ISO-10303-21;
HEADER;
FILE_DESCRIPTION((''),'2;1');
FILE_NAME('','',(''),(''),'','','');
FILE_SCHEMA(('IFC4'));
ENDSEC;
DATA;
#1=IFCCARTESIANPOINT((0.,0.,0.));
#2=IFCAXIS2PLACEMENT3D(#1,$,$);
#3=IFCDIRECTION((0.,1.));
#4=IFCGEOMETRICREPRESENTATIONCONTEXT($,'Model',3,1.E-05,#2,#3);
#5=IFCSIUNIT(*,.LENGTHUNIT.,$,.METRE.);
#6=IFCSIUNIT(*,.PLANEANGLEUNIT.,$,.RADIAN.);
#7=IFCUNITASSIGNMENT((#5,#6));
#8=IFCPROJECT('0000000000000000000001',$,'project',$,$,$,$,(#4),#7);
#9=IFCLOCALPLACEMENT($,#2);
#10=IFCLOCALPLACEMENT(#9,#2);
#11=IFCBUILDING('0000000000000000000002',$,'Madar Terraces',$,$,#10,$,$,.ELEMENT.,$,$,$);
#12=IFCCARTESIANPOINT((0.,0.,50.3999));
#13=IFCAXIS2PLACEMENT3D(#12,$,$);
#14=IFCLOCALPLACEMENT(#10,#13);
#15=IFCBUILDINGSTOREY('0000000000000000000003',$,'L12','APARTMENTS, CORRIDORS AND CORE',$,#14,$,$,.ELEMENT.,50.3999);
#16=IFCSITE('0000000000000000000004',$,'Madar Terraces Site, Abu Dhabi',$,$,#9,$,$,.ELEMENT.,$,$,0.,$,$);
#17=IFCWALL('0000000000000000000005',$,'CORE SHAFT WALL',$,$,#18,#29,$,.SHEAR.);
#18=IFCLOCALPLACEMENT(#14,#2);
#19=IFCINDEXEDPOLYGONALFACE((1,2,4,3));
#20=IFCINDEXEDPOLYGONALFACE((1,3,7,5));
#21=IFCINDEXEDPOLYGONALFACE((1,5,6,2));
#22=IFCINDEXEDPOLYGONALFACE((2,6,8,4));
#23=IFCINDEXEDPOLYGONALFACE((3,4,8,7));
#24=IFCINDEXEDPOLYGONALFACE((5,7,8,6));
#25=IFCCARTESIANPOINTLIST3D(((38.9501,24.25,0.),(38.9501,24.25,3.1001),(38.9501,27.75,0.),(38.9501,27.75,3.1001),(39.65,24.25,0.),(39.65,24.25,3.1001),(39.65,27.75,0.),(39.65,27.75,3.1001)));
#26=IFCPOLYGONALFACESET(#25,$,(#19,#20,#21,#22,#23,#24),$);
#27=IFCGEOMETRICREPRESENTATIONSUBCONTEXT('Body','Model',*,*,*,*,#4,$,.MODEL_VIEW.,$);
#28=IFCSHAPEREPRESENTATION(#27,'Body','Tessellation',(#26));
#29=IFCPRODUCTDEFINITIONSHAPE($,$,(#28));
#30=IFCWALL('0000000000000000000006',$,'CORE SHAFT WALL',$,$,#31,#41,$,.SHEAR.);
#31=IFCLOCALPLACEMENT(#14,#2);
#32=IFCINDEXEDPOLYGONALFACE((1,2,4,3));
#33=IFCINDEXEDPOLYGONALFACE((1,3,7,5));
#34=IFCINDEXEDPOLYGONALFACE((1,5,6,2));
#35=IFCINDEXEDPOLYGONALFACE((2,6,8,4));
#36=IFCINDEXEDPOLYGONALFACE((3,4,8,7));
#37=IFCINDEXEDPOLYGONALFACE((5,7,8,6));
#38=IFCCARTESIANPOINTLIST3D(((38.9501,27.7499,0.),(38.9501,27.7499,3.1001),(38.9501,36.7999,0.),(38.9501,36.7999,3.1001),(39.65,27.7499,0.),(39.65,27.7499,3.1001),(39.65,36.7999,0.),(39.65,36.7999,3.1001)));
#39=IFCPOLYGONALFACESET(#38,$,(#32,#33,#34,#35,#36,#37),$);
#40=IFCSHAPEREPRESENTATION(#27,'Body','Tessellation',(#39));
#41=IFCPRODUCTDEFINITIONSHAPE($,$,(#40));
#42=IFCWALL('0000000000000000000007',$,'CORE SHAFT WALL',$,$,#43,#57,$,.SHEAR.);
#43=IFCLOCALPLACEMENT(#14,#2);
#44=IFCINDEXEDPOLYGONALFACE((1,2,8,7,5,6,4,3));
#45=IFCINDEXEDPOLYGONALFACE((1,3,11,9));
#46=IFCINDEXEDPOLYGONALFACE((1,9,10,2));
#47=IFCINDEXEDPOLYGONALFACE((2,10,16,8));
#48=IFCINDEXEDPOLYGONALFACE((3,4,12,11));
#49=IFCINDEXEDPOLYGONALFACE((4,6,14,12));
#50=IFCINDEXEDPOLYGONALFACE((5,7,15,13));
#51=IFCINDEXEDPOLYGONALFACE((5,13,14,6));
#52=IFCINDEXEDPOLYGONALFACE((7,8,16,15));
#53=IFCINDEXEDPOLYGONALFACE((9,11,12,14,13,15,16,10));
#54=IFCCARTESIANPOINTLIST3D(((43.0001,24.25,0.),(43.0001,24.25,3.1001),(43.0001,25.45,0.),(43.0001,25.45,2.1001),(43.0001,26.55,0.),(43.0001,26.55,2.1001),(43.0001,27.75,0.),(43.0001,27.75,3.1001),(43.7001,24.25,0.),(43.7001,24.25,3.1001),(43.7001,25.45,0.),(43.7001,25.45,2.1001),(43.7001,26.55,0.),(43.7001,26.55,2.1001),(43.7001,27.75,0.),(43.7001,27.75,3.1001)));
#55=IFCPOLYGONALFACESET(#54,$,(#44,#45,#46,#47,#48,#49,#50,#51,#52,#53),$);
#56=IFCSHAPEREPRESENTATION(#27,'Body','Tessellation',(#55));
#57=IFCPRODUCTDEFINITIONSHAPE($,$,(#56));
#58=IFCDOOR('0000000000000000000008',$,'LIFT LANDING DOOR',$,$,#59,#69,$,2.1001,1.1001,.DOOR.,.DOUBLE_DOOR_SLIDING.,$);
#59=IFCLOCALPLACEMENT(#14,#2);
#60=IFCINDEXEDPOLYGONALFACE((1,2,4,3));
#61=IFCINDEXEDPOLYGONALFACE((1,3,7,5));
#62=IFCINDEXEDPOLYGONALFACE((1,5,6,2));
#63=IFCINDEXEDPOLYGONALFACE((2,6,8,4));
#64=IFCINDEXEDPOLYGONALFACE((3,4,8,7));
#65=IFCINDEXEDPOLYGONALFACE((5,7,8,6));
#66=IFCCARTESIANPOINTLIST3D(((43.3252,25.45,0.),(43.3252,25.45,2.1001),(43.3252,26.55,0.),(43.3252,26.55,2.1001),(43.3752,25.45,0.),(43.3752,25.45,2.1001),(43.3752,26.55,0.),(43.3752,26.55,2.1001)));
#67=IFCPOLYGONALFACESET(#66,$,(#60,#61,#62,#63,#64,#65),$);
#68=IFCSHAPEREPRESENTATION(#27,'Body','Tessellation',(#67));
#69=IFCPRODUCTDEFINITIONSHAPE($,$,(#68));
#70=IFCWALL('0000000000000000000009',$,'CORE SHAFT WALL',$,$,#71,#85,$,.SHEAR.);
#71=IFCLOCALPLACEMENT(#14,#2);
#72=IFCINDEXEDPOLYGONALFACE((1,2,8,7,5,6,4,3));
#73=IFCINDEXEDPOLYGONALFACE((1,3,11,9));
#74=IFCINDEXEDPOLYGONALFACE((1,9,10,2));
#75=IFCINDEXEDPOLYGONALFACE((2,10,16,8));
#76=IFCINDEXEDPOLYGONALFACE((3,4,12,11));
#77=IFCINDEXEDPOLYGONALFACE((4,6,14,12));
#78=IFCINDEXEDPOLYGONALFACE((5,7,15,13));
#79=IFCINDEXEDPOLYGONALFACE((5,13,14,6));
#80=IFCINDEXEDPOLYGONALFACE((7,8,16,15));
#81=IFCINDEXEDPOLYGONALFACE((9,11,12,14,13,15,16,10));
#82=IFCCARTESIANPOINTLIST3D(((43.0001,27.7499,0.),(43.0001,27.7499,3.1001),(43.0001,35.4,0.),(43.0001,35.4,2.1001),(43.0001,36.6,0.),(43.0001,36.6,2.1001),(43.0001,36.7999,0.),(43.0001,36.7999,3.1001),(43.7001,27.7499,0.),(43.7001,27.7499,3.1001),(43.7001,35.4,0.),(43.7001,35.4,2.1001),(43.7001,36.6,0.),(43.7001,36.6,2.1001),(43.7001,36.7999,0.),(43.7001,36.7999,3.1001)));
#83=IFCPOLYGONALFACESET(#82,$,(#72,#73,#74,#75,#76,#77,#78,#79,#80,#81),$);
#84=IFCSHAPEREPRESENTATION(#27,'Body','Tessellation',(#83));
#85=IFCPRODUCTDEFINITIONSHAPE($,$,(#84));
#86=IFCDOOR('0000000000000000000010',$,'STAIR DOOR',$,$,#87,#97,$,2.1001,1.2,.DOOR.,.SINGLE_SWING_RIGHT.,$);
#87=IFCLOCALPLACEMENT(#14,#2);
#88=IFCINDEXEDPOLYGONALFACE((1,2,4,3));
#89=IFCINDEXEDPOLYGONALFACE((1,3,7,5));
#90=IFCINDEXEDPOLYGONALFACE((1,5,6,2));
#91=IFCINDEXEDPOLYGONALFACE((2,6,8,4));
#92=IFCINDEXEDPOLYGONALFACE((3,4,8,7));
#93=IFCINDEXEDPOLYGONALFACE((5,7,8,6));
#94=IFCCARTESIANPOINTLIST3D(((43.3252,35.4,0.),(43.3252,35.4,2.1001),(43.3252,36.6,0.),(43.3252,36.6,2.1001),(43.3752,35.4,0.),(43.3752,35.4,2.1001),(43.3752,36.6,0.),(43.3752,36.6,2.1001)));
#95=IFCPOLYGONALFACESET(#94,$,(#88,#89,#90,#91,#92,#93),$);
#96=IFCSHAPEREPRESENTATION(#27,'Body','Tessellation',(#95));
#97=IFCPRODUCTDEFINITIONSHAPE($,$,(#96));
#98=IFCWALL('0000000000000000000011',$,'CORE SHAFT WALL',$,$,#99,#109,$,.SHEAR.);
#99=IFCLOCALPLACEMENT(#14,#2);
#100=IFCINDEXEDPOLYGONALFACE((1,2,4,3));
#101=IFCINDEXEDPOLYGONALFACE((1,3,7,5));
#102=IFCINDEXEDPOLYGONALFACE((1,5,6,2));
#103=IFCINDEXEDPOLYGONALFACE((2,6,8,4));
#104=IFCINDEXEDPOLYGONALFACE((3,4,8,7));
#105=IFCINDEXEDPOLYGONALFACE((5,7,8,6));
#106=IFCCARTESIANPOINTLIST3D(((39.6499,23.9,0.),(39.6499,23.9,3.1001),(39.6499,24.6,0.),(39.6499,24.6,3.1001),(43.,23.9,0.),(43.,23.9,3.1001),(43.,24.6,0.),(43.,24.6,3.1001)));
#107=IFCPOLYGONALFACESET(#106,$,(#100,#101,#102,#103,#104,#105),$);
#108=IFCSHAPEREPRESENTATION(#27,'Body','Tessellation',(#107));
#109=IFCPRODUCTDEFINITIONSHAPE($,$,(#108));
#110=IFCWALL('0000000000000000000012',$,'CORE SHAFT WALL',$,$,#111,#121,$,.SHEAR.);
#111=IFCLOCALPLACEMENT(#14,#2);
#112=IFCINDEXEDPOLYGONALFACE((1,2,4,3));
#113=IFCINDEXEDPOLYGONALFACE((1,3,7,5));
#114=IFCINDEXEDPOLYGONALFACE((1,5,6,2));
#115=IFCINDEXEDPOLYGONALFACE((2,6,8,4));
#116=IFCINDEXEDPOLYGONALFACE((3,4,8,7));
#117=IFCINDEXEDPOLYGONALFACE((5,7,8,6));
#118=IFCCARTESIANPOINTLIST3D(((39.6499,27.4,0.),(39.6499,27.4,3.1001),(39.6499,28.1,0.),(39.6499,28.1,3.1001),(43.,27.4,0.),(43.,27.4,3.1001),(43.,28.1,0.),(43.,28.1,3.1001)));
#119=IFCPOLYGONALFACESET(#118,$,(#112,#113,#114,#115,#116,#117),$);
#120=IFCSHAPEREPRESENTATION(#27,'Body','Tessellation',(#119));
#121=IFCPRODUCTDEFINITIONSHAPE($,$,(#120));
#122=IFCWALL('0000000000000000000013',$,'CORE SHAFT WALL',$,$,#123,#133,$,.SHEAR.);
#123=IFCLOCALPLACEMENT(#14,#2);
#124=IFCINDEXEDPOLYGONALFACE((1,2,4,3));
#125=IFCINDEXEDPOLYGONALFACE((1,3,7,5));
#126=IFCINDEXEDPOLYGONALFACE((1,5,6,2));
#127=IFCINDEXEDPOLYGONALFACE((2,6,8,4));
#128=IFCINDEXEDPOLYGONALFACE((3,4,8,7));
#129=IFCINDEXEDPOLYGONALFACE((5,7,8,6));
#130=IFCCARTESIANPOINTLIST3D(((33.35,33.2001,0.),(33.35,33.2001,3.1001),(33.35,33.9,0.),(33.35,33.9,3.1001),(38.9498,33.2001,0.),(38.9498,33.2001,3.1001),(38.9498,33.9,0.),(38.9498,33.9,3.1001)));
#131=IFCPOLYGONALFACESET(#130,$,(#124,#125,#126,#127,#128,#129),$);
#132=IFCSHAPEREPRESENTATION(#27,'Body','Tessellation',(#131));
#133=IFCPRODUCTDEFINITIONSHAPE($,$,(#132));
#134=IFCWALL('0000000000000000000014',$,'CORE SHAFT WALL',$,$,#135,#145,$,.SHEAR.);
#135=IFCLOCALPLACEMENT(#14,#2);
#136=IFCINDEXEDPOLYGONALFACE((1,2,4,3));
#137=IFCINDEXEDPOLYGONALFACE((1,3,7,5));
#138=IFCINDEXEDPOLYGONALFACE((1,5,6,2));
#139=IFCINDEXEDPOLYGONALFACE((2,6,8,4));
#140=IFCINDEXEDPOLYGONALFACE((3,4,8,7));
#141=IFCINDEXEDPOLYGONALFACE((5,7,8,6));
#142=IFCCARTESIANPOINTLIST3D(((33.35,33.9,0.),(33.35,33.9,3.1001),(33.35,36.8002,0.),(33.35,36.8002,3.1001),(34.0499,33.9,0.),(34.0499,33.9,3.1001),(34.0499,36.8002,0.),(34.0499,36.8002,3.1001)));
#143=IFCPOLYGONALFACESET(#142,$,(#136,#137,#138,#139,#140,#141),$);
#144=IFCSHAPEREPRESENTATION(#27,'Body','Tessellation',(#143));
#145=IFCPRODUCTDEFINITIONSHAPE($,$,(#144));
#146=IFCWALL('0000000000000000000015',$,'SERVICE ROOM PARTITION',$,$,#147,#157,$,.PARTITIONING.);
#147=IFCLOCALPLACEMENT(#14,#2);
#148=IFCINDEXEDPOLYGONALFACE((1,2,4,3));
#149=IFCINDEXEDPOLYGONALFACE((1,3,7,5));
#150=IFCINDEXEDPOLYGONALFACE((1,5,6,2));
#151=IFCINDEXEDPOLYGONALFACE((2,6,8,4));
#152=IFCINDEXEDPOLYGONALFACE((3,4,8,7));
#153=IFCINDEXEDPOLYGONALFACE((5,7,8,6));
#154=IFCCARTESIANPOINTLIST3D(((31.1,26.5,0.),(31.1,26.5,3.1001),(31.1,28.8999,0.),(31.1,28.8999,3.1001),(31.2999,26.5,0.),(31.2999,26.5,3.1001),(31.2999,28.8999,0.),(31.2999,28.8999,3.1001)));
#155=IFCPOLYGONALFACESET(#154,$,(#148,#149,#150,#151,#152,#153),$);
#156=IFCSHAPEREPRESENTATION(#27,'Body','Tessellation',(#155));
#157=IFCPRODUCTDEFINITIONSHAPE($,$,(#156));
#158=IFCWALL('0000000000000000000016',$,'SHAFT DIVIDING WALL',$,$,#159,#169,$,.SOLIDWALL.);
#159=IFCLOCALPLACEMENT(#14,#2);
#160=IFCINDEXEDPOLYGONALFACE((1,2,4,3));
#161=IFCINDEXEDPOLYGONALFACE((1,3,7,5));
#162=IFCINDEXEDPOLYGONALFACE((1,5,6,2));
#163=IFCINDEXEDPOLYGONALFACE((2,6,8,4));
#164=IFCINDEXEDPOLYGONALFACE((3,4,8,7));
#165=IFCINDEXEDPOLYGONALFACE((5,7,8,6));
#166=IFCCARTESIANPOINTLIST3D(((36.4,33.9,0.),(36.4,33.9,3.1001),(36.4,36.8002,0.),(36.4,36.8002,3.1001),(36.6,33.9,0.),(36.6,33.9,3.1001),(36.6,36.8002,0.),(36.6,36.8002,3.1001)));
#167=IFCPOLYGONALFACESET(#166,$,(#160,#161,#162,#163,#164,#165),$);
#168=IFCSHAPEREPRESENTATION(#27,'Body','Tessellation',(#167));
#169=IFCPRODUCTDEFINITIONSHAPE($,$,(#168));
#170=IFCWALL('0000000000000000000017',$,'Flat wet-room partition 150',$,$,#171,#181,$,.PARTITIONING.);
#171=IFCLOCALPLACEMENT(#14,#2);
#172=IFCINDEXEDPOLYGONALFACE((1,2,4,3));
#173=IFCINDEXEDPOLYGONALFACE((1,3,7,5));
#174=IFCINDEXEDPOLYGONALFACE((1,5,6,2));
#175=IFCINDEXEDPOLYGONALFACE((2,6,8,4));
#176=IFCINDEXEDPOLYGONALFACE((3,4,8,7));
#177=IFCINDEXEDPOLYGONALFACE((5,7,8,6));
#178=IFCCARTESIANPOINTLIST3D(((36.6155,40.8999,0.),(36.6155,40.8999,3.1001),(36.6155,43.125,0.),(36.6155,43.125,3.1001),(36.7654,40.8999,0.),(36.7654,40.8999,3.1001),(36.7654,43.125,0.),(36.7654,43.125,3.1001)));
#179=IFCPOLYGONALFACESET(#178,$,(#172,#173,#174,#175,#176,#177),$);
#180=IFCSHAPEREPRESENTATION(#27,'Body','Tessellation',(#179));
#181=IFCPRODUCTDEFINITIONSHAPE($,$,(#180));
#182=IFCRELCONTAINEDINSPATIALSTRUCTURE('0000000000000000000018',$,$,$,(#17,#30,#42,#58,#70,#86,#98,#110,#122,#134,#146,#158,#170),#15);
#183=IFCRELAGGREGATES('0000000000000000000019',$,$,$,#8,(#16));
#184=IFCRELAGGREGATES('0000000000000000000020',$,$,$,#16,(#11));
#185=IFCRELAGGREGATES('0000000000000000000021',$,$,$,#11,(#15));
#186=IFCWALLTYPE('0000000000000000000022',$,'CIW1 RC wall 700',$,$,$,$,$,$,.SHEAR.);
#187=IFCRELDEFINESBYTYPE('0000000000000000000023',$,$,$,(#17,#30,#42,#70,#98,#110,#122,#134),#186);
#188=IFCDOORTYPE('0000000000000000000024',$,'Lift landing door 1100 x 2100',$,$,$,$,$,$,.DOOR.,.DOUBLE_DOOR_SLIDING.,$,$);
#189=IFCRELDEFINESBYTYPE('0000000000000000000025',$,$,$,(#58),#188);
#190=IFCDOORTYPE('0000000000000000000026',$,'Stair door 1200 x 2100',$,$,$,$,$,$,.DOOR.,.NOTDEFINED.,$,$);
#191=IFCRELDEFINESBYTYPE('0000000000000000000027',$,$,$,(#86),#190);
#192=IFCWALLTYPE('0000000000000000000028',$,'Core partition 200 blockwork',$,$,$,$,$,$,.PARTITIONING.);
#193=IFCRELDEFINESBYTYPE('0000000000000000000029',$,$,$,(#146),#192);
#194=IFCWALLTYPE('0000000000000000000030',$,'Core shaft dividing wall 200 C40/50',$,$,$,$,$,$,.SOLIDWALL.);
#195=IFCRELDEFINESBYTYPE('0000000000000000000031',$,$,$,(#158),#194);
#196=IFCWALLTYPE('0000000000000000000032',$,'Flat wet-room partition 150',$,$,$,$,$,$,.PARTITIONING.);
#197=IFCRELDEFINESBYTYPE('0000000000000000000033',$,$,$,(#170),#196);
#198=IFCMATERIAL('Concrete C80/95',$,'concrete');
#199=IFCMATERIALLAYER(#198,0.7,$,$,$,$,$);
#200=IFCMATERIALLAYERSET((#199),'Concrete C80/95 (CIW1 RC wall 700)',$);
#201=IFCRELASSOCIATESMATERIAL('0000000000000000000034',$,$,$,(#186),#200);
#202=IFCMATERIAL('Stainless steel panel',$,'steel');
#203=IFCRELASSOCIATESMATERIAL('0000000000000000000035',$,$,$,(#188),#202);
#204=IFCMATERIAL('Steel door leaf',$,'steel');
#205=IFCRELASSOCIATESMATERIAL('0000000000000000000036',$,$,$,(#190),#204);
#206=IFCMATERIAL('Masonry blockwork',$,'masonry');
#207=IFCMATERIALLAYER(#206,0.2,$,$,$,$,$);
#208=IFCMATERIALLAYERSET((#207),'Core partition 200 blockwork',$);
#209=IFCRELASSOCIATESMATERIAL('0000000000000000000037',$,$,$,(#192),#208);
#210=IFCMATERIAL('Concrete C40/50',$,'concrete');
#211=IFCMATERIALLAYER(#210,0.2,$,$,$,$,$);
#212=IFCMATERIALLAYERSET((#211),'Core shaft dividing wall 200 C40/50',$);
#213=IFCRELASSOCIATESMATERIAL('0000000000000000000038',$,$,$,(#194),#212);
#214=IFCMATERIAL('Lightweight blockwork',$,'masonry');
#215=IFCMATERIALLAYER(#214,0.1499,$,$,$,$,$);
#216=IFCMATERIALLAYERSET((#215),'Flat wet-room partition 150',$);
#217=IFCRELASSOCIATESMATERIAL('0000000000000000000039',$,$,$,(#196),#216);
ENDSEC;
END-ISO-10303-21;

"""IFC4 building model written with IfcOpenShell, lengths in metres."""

from ifc_helpers import new_model, si_unit, direction, frame, frame_2d, origin, place, context, subcontext, project, spatial, rectangle, extrude, material, layer, layer_set, type_object, element, fill, save


model = new_model("IFC4")

# Units and contexts
model_context = context("Model", 3, precision=1e-05, world=origin(), true_north=direction((0.0, 1.0)))
body_context = subcontext(model_context, "Body", "Model", "MODEL_VIEW")
ifc_project = project(units=[si_unit("LENGTHUNIT", "METRE"), si_unit("PLANEANGLEUNIT", "RADIAN")], contexts=[model_context])

# Site, building, storey
site_placement = place(None, origin())
site = spatial("IfcSite", under=ifc_project, at=site_placement, Name="Madar Terraces Site, Abu Dhabi", CompositionType="ELEMENT", RefElevation=0.0)
building_placement = place(site_placement, origin())
building = spatial("IfcBuilding", under=site, at=building_placement, Name="Madar Terraces", CompositionType="ELEMENT")
storey_placement = place(building_placement, frame((0.0, 0.0, 50.3999)))
storey = spatial("IfcBuildingStorey", under=building, at=storey_placement, Name="L12", Description="APARTMENTS, CORRIDORS AND CORE", CompositionType="ELEMENT", Elevation=50.3999)

# Walls
ifc_material_1 = material(Name="Concrete C80/95", Category="concrete")
ifc_layer_1 = layer(ifc_material_1, 0.7)
ifc_layer_set_1 = layer_set([ifc_layer_1], Name="Concrete C80/95 (CIW1 RC wall 700)")
wall_type_1 = type_object("IfcWallType", Name="CIW1 RC wall 700", PredefinedType="SHEAR", material=ifc_layer_set_1)
wall_1_placement = place(storey_placement, frame((39.3, 24.25, 0.0), z_axis=(0.0, 0.0, 1.0), x_axis=(0.0, 1.0, 0.0)))
element("IfcWall", 1, at=wall_1_placement, inside=storey, type_object=wall_type_1, Name="CORE SHAFT WALL", PredefinedType="SHEAR", context=body_context, shape_type="SweptSolid", body=[
    extrude(rectangle(XDim=3.5, YDim=0.7, at=frame_2d((1.75, 0.0))), origin(), (0.0, 0.0, 1.0), 3.1001),
])
wall_2_placement = place(storey_placement, frame((39.3, 27.75, 0.0), z_axis=(0.0, 0.0, 1.0), x_axis=(0.0, 1.0, 0.0)))
element("IfcWall", 2, at=wall_2_placement, inside=storey, type_object=wall_type_1, Name="CORE SHAFT WALL", PredefinedType="SHEAR", context=body_context, shape_type="SweptSolid", body=[
    extrude(rectangle(XDim=9.05, YDim=0.7, at=frame_2d((4.5249, 0.0))), origin(), (0.0, 0.0, 1.0), 3.1001),
])

# Walls, openings, doors
wall_3_placement = place(storey_placement, frame((43.3501, 24.25, 0.0), z_axis=(0.0, 0.0, 1.0), x_axis=(0.0, 1.0, 0.0)))
wall_3 = element("IfcWall", 3, at=wall_3_placement, inside=storey, type_object=wall_type_1, Name="CORE SHAFT WALL", PredefinedType="SHEAR", context=body_context, shape_type="SweptSolid", body=[
    extrude(rectangle(XDim=3.5, YDim=0.7, at=frame_2d((1.75, 0.0))), origin(), (0.0, 0.0, 1.0), 3.1001),
])
opening_1_placement = place(wall_3_placement, frame((1.2, 0.0, 0.0)))
opening_1 = element("IfcOpeningElement", 4, at=opening_1_placement, cuts=wall_3, PredefinedType="OPENING", context=body_context, shape_type="SweptSolid", body=[
    extrude(rectangle(XDim=1.1001, YDim=2.1001, at=frame_2d((0.55, 1.05))), frame((0.0, 0.3599, 0.0), z_axis=(0.0, -1.0, 0.0), x_axis=(1.0, 0.0, 0.0)), (0.0, 0.0, 1.0), 0.72),
])
ifc_material_2 = material(Name="Stainless steel panel", Category="steel")
door_type_1 = type_object("IfcDoorType", Name="Lift landing door 1100 x 2100", OperationType="DOUBLE_DOOR_SLIDING", PredefinedType="DOOR", material=ifc_material_2)
door_1_placement = place(opening_1_placement, origin())
door_1 = element("IfcDoor", 5, at=door_1_placement, inside=storey, type_object=door_type_1, Name="LIFT LANDING DOOR", OperationType="DOUBLE_DOOR_SLIDING", OverallHeight=2.1001, OverallWidth=1.1001, PredefinedType="DOOR", context=body_context, shape_type="SweptSolid", body=[
    extrude(rectangle(XDim=1.1001, YDim=2.1001, at=frame_2d((0.55, 1.05))), frame((0.0, 0.0249, 0.0), z_axis=(0.0, -1.0, 0.0), x_axis=(1.0, 0.0, 0.0)), (0.0, 0.0, 1.0), 0.05),
])
fill(opening_1, door_1)
wall_4_placement = place(storey_placement, frame((43.3501, 27.75, 0.0), z_axis=(0.0, 0.0, 1.0), x_axis=(0.0, 1.0, 0.0)))
wall_4 = element("IfcWall", 6, at=wall_4_placement, inside=storey, type_object=wall_type_1, Name="CORE SHAFT WALL", PredefinedType="SHEAR", context=body_context, shape_type="SweptSolid", body=[
    extrude(rectangle(XDim=9.05, YDim=0.7, at=frame_2d((4.5249, 0.0))), origin(), (0.0, 0.0, 1.0), 3.1001),
])
opening_2_placement = place(wall_4_placement, frame((7.6499, 0.0, 0.0)))
opening_2 = element("IfcOpeningElement", 7, at=opening_2_placement, cuts=wall_4, PredefinedType="OPENING", context=body_context, shape_type="SweptSolid", body=[
    extrude(rectangle(XDim=1.2, YDim=2.1001, at=frame_2d((0.6001, 1.05))), frame((0.0, 0.3599, 0.0), z_axis=(0.0, -1.0, 0.0), x_axis=(1.0, 0.0, 0.0)), (0.0, 0.0, 1.0), 0.72),
])
ifc_material_3 = material(Name="Steel door leaf", Category="steel")
door_type_2 = type_object("IfcDoorType", Name="Stair door 1200 x 2100", OperationType="NOTDEFINED", PredefinedType="DOOR", material=ifc_material_3)
door_2_placement = place(opening_2_placement, origin())
door_2 = element("IfcDoor", 8, at=door_2_placement, inside=storey, type_object=door_type_2, Name="STAIR DOOR", OperationType="SINGLE_SWING_RIGHT", OverallHeight=2.1001, OverallWidth=1.2, PredefinedType="DOOR", context=body_context, shape_type="SweptSolid", body=[
    extrude(rectangle(XDim=1.2, YDim=2.1001, at=frame_2d((0.6001, 1.05))), frame((0.0, 0.0249, 0.0), z_axis=(0.0, -1.0, 0.0), x_axis=(1.0, 0.0, 0.0)), (0.0, 0.0, 1.0), 0.05),
])
fill(opening_2, door_2)

# Walls
for number, where, z_axis, x_axis, name in (
    (9, (39.6499, 24.25, 0.0), (0.0, 0.0, 1.0), (1.0, 0.0, 0.0), "CORE SHAFT WALL"),
    (10, (39.6499, 27.75, 0.0), (0.0, 0.0, 1.0), (1.0, 0.0, 0.0), "CORE SHAFT WALL"),
):
    element("IfcWall", number, at=place(storey_placement, frame(where, z_axis=z_axis, x_axis=x_axis)), inside=storey, type_object=wall_type_1, Name=name, PredefinedType="SHEAR", context=body_context, shape_type="SweptSolid", body=[
        extrude(rectangle(XDim=3.3501, YDim=0.7, at=frame_2d((1.675, 0.0))), origin(), (0.0, 0.0, 1.0), 3.1001),
    ])
wall_5_placement = place(storey_placement, frame((33.3501, 33.55, 0.0), z_axis=(0.0, 0.0, 1.0), x_axis=(1.0, 0.0, 0.0)))
element("IfcWall", 11, at=wall_5_placement, inside=storey, type_object=wall_type_1, Name="CORE SHAFT WALL", PredefinedType="SHEAR", context=body_context, shape_type="SweptSolid", body=[
    extrude(rectangle(XDim=5.5999, YDim=0.7, at=frame_2d((2.7998, 0.0))), origin(), (0.0, 0.0, 1.0), 3.1001),
])
wall_6_placement = place(storey_placement, frame((33.7, 33.8999, 0.0), z_axis=(0.0, 0.0, 1.0), x_axis=(0.0, 1.0, 0.0)))
element("IfcWall", 12, at=wall_6_placement, inside=storey, type_object=wall_type_1, Name="CORE SHAFT WALL", PredefinedType="SHEAR", context=body_context, shape_type="SweptSolid", body=[
    extrude(rectangle(XDim=2.9001, YDim=0.7, at=frame_2d((1.4502, 0.0))), origin(), (0.0, 0.0, 1.0), 3.1001),
])
ifc_material_4 = material(Name="Masonry blockwork", Category="masonry")
ifc_layer_2 = layer(ifc_material_4, 0.2)
ifc_layer_set_2 = layer_set([ifc_layer_2], Name="Core partition 200 blockwork")
wall_type_2 = type_object("IfcWallType", Name="Core partition 200 blockwork", PredefinedType="PARTITIONING", material=ifc_layer_set_2)
wall_7_placement = place(storey_placement, frame((31.2, 26.5, 0.0), z_axis=(0.0, 0.0, 1.0), x_axis=(0.0, 1.0, 0.0)))
element("IfcWall", 13, at=wall_7_placement, inside=storey, type_object=wall_type_2, Name="SERVICE ROOM PARTITION", PredefinedType="PARTITIONING", context=body_context, shape_type="SweptSolid", body=[
    extrude(rectangle(XDim=2.3999, YDim=0.2, at=frame_2d((1.2, 0.0))), origin(), (0.0, 0.0, 1.0), 3.1001),
])
ifc_material_5 = material(Name="Concrete C40/50", Category="concrete")
ifc_layer_3 = layer(ifc_material_5, 0.2)
ifc_layer_set_3 = layer_set([ifc_layer_3], Name="Core shaft dividing wall 200 C40/50")
wall_type_3 = type_object("IfcWallType", Name="Core shaft dividing wall 200 C40/50", PredefinedType="SOLIDWALL", material=ifc_layer_set_3)
wall_8_placement = place(storey_placement, frame((36.5, 33.8999, 0.0), z_axis=(0.0, 0.0, 1.0), x_axis=(0.0, 1.0, 0.0)))
element("IfcWall", 14, at=wall_8_placement, inside=storey, type_object=wall_type_3, Name="SHAFT DIVIDING WALL", PredefinedType="SOLIDWALL", context=body_context, shape_type="SweptSolid", body=[
    extrude(rectangle(XDim=2.9001, YDim=0.2, at=frame_2d((1.4502, 0.0))), origin(), (0.0, 0.0, 1.0), 3.1001),
])
ifc_material_6 = material(Name="Lightweight blockwork", Category="masonry")
ifc_layer_4 = layer(ifc_material_6, 0.1499)
ifc_layer_set_4 = layer_set([ifc_layer_4], Name="Flat wet-room partition 150")
wall_type_4 = type_object("IfcWallType", Name="Flat wet-room partition 150", PredefinedType="PARTITIONING", material=ifc_layer_set_4)
for number, where, z_axis, x_axis, name in (
    (15, (36.6904, 40.8999, 0.0), (0.0, 0.0, 1.0), (0.0, 1.0, 0.0), "Flat wet-room partition 150"),
):
    element("IfcWall", number, at=place(storey_placement, frame(where, z_axis=z_axis, x_axis=x_axis)), inside=storey, type_object=wall_type_4, Name=name, PredefinedType="PARTITIONING", context=body_context, shape_type="SweptSolid", body=[
        extrude(rectangle(XDim=2.2251, YDim=0.1499, at=frame_2d((1.1125, 0.0))), origin(), (0.0, 0.0, 1.0), 3.1001),
    ])

save(model, "model.ifc")
